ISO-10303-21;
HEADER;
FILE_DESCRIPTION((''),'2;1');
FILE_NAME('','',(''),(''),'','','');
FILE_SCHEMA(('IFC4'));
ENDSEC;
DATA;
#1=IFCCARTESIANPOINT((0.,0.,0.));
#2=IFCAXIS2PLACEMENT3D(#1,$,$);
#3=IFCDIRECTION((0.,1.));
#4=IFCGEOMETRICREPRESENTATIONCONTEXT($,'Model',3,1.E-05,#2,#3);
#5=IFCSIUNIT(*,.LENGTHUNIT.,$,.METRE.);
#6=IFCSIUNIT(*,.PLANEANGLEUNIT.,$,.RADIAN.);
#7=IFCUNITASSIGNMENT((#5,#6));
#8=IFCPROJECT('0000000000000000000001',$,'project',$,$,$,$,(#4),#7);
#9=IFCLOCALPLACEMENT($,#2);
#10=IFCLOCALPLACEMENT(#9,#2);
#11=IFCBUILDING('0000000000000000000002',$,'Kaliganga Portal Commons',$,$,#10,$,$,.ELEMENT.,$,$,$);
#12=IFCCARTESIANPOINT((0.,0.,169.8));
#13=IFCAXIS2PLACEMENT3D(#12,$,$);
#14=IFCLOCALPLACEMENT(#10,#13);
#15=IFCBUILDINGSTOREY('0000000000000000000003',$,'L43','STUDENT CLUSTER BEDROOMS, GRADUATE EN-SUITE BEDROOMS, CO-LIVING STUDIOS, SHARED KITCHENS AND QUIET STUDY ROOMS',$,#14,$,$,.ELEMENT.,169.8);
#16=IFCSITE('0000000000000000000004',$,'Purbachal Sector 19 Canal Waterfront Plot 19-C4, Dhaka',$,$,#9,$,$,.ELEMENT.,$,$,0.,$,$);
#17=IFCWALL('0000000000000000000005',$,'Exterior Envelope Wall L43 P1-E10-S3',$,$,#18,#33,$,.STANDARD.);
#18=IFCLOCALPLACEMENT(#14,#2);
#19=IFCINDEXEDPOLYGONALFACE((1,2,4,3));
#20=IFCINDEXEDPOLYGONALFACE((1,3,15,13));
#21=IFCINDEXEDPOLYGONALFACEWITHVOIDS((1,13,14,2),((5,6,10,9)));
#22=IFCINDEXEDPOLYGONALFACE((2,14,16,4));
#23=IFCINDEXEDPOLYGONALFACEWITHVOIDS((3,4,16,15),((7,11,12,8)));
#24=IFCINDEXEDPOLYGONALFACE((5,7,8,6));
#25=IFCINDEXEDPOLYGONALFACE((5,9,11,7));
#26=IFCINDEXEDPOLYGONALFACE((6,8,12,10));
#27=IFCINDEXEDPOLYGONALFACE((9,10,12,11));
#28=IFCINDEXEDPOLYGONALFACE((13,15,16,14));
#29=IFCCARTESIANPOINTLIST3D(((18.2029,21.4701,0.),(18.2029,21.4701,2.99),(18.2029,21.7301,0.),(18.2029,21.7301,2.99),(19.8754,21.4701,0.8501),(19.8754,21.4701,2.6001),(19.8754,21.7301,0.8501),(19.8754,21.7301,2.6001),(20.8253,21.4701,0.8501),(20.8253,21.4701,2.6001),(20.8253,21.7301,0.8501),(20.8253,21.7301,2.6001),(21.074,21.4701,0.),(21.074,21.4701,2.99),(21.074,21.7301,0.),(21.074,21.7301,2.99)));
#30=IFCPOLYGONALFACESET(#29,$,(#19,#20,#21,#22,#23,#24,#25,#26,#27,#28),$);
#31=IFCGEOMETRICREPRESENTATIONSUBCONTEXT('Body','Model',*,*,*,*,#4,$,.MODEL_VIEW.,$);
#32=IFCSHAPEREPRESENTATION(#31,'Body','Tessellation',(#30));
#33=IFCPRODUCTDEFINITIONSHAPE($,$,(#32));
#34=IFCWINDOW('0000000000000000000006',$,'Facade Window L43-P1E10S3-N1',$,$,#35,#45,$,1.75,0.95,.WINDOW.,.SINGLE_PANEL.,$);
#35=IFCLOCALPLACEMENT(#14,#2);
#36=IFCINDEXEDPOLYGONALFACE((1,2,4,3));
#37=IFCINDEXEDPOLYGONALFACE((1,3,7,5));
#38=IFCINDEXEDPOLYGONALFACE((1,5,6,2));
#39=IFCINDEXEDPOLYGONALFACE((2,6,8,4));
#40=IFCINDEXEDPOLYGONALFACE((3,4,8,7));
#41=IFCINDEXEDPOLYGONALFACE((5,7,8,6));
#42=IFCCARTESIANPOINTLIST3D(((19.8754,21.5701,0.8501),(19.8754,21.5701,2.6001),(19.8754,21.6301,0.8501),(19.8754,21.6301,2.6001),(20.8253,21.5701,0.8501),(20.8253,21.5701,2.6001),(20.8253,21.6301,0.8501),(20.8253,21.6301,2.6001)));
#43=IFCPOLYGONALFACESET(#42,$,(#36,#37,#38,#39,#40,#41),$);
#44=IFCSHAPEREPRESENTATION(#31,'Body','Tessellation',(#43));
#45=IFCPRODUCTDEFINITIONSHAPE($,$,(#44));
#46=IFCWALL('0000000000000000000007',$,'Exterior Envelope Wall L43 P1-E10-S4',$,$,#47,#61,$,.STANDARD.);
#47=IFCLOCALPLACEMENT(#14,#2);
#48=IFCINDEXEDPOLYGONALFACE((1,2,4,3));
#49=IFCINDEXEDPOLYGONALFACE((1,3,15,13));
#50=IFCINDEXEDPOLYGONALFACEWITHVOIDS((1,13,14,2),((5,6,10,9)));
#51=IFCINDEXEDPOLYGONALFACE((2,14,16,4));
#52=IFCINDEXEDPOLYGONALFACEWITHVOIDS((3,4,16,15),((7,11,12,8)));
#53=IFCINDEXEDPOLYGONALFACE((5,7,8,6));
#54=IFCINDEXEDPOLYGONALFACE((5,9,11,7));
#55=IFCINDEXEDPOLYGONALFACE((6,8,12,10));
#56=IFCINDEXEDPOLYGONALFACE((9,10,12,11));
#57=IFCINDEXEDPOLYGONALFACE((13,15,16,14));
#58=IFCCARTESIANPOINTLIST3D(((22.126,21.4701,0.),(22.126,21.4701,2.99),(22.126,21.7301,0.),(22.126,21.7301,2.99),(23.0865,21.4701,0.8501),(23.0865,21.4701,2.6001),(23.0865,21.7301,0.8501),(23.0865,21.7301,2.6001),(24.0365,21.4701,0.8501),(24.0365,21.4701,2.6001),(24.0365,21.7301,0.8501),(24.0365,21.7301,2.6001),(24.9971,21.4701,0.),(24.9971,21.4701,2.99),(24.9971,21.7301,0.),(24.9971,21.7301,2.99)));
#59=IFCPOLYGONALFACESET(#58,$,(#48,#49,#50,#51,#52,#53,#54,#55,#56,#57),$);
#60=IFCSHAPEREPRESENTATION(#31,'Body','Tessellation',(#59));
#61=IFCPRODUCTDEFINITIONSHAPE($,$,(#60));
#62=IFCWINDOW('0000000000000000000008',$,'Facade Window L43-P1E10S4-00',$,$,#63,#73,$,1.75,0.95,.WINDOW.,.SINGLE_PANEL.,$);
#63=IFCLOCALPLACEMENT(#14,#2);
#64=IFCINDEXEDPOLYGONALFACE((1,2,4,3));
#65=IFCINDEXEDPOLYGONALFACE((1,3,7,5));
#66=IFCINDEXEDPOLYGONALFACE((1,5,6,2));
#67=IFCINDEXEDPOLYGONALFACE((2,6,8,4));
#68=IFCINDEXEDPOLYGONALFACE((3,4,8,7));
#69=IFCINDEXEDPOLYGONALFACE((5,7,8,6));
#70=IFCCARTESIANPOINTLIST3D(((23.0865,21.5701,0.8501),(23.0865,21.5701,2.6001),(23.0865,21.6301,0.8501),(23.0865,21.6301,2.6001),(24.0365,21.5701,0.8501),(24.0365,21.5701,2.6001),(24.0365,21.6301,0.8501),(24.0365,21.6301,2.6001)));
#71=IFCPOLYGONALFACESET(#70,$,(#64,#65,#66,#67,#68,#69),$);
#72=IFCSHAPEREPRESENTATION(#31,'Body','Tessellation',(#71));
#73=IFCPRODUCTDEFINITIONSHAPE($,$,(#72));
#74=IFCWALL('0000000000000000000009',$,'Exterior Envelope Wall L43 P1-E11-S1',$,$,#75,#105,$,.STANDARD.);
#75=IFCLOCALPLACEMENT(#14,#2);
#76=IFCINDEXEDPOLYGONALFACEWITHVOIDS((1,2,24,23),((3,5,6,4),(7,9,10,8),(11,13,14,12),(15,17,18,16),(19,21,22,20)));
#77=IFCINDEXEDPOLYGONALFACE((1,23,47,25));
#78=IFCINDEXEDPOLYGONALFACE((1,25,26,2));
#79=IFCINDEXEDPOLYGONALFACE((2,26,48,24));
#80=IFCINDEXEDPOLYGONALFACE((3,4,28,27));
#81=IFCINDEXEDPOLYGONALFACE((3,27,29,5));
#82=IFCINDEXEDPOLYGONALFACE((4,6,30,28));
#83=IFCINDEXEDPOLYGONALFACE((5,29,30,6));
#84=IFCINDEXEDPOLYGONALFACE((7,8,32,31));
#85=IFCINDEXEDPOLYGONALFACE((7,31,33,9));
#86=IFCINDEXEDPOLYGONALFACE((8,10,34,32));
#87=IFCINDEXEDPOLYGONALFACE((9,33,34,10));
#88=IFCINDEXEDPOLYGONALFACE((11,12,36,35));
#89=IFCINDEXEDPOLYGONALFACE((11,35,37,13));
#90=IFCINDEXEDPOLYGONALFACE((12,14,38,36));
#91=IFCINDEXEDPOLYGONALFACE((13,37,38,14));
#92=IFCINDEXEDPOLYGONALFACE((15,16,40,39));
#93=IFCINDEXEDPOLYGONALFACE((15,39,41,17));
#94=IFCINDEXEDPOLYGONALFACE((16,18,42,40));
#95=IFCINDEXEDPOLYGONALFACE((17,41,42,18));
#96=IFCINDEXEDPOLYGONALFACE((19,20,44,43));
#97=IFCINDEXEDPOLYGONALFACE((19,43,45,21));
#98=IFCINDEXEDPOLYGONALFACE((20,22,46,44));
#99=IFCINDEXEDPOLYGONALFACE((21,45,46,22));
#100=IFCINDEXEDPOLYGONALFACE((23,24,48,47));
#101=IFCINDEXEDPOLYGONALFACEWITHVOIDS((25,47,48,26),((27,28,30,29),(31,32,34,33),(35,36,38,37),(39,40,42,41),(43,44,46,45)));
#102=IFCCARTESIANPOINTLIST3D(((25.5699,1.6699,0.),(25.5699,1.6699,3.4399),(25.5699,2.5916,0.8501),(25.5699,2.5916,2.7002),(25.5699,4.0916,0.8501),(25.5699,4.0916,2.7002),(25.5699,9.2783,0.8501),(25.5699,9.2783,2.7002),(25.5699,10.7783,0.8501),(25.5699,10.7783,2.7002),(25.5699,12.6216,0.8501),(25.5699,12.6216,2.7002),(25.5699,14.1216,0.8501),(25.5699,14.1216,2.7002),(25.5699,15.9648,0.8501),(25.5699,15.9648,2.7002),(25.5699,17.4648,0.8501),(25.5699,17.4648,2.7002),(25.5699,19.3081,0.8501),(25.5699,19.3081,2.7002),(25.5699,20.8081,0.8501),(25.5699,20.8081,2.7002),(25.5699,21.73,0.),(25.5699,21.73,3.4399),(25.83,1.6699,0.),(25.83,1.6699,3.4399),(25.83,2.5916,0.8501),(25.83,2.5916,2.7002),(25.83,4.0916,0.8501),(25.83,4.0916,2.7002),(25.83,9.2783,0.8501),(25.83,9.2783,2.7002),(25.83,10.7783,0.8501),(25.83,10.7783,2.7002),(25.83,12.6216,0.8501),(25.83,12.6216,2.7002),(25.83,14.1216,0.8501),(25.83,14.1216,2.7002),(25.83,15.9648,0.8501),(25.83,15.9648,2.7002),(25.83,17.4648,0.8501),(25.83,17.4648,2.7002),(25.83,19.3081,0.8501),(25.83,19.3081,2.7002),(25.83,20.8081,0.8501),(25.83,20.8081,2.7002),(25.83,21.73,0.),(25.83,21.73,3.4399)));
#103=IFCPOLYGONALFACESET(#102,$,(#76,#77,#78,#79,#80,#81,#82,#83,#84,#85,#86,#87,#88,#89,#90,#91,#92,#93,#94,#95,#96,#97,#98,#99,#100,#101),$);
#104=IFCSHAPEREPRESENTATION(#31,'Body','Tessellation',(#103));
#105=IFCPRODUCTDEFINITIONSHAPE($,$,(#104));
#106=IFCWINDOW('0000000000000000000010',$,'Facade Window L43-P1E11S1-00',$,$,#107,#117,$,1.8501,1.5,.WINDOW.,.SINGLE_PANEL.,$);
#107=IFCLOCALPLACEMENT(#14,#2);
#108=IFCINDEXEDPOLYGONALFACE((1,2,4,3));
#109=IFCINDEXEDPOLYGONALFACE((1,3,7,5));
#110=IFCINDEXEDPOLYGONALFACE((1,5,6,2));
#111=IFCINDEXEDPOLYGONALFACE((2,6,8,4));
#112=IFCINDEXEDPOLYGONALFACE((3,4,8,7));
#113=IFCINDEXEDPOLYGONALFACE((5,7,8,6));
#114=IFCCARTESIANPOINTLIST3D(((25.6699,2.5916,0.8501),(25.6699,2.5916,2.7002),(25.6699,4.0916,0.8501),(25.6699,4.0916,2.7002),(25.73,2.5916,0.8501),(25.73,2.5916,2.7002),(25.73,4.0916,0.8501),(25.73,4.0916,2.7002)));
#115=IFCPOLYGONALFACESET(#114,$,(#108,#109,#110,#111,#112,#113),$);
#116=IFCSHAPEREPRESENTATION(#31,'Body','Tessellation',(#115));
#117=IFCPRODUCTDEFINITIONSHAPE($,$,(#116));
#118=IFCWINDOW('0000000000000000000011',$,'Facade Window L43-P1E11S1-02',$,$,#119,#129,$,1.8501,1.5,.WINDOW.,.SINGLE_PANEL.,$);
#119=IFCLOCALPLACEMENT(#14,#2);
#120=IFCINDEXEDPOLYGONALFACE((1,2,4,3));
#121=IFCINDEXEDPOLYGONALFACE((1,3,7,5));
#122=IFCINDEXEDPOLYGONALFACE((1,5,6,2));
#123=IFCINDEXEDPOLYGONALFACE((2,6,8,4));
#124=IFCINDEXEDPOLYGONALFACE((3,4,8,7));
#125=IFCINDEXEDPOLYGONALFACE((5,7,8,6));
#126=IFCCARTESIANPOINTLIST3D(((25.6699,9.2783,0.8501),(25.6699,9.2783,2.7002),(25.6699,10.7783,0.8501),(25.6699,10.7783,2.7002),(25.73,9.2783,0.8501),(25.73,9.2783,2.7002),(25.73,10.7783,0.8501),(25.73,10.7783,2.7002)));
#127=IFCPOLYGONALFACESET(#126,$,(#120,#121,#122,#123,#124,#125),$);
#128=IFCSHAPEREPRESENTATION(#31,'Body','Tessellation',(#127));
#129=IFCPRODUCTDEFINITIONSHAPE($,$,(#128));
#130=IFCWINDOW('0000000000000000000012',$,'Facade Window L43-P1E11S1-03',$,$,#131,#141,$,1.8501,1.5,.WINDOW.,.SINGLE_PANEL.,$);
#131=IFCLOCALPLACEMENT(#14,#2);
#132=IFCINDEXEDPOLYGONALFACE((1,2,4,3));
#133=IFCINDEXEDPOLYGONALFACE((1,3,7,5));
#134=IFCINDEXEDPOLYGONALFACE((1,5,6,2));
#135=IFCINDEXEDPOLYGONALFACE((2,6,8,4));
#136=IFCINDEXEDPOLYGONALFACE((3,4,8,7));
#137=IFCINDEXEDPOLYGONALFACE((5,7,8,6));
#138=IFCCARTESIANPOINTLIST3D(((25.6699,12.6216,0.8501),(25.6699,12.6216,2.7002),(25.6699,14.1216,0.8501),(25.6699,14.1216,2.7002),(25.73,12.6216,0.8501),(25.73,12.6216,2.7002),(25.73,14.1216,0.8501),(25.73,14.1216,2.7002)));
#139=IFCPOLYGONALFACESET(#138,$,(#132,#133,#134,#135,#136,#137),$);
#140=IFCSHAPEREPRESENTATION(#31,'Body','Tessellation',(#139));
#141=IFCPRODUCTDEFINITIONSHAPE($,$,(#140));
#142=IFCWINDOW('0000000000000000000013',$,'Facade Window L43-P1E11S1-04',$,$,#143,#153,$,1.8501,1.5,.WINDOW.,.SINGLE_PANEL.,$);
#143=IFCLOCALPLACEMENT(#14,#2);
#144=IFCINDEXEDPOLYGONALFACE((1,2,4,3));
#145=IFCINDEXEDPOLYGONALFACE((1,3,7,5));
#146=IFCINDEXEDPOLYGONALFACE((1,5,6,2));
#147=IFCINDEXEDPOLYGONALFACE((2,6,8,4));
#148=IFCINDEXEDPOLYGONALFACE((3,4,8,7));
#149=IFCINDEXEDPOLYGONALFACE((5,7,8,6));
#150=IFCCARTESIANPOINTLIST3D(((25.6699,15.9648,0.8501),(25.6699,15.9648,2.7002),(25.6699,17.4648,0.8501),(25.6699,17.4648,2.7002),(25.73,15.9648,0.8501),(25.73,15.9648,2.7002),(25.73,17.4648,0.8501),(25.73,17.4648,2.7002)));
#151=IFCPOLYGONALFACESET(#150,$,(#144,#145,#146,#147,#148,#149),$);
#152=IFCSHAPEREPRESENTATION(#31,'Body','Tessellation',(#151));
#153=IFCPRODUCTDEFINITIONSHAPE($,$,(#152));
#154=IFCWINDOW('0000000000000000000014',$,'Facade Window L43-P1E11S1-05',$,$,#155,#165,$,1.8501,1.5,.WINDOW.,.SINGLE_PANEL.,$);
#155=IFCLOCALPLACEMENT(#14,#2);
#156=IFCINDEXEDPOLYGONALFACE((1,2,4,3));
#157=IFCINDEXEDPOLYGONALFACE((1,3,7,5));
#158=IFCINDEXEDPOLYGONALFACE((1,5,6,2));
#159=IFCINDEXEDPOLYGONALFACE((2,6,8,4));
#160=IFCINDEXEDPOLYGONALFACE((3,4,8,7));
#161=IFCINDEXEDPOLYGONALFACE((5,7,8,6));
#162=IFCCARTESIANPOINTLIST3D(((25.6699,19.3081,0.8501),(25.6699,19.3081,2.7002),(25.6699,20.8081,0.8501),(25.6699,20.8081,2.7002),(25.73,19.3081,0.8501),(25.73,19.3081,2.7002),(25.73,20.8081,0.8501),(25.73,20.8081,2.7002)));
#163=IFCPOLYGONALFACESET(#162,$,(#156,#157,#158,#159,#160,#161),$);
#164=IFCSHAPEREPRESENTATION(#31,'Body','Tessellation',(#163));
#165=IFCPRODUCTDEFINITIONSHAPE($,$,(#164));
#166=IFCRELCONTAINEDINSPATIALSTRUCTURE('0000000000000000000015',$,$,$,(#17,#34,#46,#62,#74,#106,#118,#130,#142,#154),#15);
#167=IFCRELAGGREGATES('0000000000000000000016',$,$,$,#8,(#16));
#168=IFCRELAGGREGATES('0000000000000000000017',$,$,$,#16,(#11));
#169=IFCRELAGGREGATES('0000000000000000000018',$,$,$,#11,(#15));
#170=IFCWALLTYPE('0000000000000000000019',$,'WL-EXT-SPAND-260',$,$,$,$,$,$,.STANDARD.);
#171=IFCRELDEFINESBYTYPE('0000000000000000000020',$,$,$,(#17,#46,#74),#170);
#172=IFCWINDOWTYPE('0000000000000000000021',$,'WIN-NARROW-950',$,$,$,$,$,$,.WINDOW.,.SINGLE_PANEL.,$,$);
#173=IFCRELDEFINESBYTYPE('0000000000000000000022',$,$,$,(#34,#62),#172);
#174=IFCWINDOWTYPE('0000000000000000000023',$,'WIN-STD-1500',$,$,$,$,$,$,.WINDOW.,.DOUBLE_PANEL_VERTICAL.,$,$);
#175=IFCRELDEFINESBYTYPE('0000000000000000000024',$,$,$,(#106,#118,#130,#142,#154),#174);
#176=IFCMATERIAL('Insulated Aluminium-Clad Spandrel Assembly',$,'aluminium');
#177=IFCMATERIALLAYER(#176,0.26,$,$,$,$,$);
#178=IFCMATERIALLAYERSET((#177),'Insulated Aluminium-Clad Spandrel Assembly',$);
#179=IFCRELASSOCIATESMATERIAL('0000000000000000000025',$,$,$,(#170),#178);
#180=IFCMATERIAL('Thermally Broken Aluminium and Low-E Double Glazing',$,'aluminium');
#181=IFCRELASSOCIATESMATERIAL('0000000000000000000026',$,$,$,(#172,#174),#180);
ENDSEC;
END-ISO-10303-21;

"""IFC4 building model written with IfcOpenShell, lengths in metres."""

from ifc_helpers import new_model, si_unit, direction, frame, frame_2d, origin, place, context, subcontext, project, spatial, rectangle, extrude, material, layer, layer_set, type_object, element, fill, save


model = new_model("IFC4")

# Units and contexts
model_context = context("Model", 3, precision=1e-05, world=origin(), true_north=direction((0.0, 1.0)))
body_context = subcontext(model_context, "Body", "Model", "MODEL_VIEW")
ifc_project = project(units=[si_unit("LENGTHUNIT", "METRE"), si_unit("PLANEANGLEUNIT", "RADIAN")], contexts=[model_context])

# Site, building, storey
site_placement = place(None, origin())
site = spatial("IfcSite", under=ifc_project, at=site_placement, Name="Purbachal Sector 19 Canal Waterfront Plot 19-C4, Dhaka", CompositionType="ELEMENT", RefElevation=0.0)
building_placement = place(site_placement, origin())
building = spatial("IfcBuilding", under=site, at=building_placement, Name="Kaliganga Portal Commons", CompositionType="ELEMENT")
storey_placement = place(building_placement, frame((0.0, 0.0, 169.8)))
storey = spatial("IfcBuildingStorey", under=building, at=storey_placement, Name="L43", Description="STUDENT CLUSTER BEDROOMS, GRADUATE EN-SUITE BEDROOMS, CO-LIVING STUDIOS, SHARED KITCHENS AND QUIET STUDY ROOMS", CompositionType="ELEMENT", Elevation=169.8)

# Walls, openings, windows
ifc_material_1 = material(Name="Insulated Aluminium-Clad Spandrel Assembly", Category="aluminium")
ifc_layer = layer(ifc_material_1, 0.26)
ifc_layer_set = layer_set([ifc_layer], Name="Insulated Aluminium-Clad Spandrel Assembly")
wall_type = type_object("IfcWallType", Name="WL-EXT-SPAND-260", PredefinedType="STANDARD", material=ifc_layer_set)
ifc_material_2 = material(Name="Thermally Broken Aluminium and Low-E Double Glazing", Category="aluminium")
window_type_1 = type_object("IfcWindowType", Name="WIN-NARROW-950", PartitioningType="SINGLE_PANEL", PredefinedType="WINDOW", material=ifc_material_2)
wall_1_placement = place(storey_placement, frame((21.074, 21.6001, 0.0), z_axis=(0.0, 0.0, 1.0), x_axis=(-1.0, 0.0, 0.0)))
wall_1 = element("IfcWall", 1, at=wall_1_placement, inside=storey, type_object=wall_type, Name="Exterior Envelope Wall L43 P1-E10-S3", PredefinedType="STANDARD", context=body_context, shape_type="SweptSolid", body=[
    extrude(rectangle(XDim=2.8711, YDim=0.26, at=frame_2d((1.4355, 0.0))), origin(), (0.0, 0.0, 1.0), 2.99),
])
opening_1_placement = place(wall_1_placement, frame((0.2485, 0.0, 0.8501)))
opening_1 = element("IfcOpeningElement", 2, at=opening_1_placement, cuts=wall_1, PredefinedType="OPENING", context=body_context, shape_type="SweptSolid", body=[
    extrude(rectangle(XDim=0.95, YDim=1.75, at=frame_2d((0.4751, 0.875))), frame((0.0, 0.1401, 0.0), z_axis=(0.0, -1.0, 0.0), x_axis=(1.0, 0.0, 0.0)), (0.0, 0.0, 1.0), 0.28),
])
window_1_placement = place(opening_1_placement, origin())
window_1 = element("IfcWindow", 3, at=window_1_placement, inside=storey, type_object=window_type_1, Name="Facade Window L43-P1E10S3-N1", OverallHeight=1.75, OverallWidth=0.95, PartitioningType="SINGLE_PANEL", PredefinedType="WINDOW", context=body_context, shape_type="SweptSolid", body=[
    extrude(rectangle(XDim=0.95, YDim=1.75, at=frame_2d((0.4751, 0.875))), frame((0.0, 0.03, 0.0), z_axis=(0.0, -1.0, 0.0), x_axis=(1.0, 0.0, 0.0)), (0.0, 0.0, 1.0), 0.0601),
])
fill(opening_1, window_1)
wall_2_placement = place(storey_placement, frame((24.9971, 21.6001, 0.0), z_axis=(0.0, 0.0, 1.0), x_axis=(-1.0, 0.0, 0.0)))
wall_2 = element("IfcWall", 4, at=wall_2_placement, inside=storey, type_object=wall_type, Name="Exterior Envelope Wall L43 P1-E10-S4", PredefinedType="STANDARD", context=body_context, shape_type="SweptSolid", body=[
    extrude(rectangle(XDim=2.8711, YDim=0.26, at=frame_2d((1.4355, 0.0))), origin(), (0.0, 0.0, 1.0), 2.99),
])
opening_2_placement = place(wall_2_placement, frame((0.9604, 0.0, 0.8501)))
opening_2 = element("IfcOpeningElement", 5, at=opening_2_placement, cuts=wall_2, PredefinedType="OPENING", context=body_context, shape_type="SweptSolid", body=[
    extrude(rectangle(XDim=0.95, YDim=1.75, at=frame_2d((0.4751, 0.875))), frame((0.0, 0.1401, 0.0), z_axis=(0.0, -1.0, 0.0), x_axis=(1.0, 0.0, 0.0)), (0.0, 0.0, 1.0), 0.28),
])
window_2_placement = place(opening_2_placement, origin())
window_2 = element("IfcWindow", 6, at=window_2_placement, inside=storey, type_object=window_type_1, Name="Facade Window L43-P1E10S4-00", OverallHeight=1.75, OverallWidth=0.95, PartitioningType="SINGLE_PANEL", PredefinedType="WINDOW", context=body_context, shape_type="SweptSolid", body=[
    extrude(rectangle(XDim=0.95, YDim=1.75, at=frame_2d((0.4751, 0.875))), frame((0.0, 0.03, 0.0), z_axis=(0.0, -1.0, 0.0), x_axis=(1.0, 0.0, 0.0)), (0.0, 0.0, 1.0), 0.0601),
])
fill(opening_2, window_2)

# Wall, openings, windows
wall_3_placement = place(storey_placement, frame((25.7, 1.6699, 0.0), z_axis=(0.0, 0.0, 1.0), x_axis=(0.0, 1.0, 0.0)))
wall_3 = element("IfcWall", 7, at=wall_3_placement, inside=storey, type_object=wall_type, Name="Exterior Envelope Wall L43 P1-E11-S1", PredefinedType="STANDARD", context=body_context, shape_type="SweptSolid", body=[
    extrude(rectangle(XDim=20.0601, YDim=0.26, at=frame_2d((10.03, 0.0))), origin(), (0.0, 0.0, 1.0), 3.4399),
])
opening_3_placement = place(wall_3_placement, frame((0.9216, 0.0, 0.8501)))
opening_3 = element("IfcOpeningElement", 8, at=opening_3_placement, cuts=wall_3, PredefinedType="OPENING", context=body_context, shape_type="SweptSolid", body=[
    extrude(rectangle(XDim=1.5, YDim=1.8501, at=frame_2d((0.75, 0.925))), frame((0.0, 0.1401, 0.0), z_axis=(0.0, -1.0, 0.0), x_axis=(1.0, 0.0, 0.0)), (0.0, 0.0, 1.0), 0.28),
])
opening_4_placement = place(wall_3_placement, frame((7.6084, 0.0, 0.8501)))
opening_4 = element("IfcOpeningElement", 9, at=opening_4_placement, cuts=wall_3, PredefinedType="OPENING", context=body_context, shape_type="SweptSolid", body=[
    extrude(rectangle(XDim=1.5, YDim=1.8501, at=frame_2d((0.75, 0.925))), frame((0.0, 0.1401, 0.0), z_axis=(0.0, -1.0, 0.0), x_axis=(1.0, 0.0, 0.0)), (0.0, 0.0, 1.0), 0.28),
])
opening_5_placement = place(wall_3_placement, frame((10.9517, 0.0, 0.8501)))
opening_5 = element("IfcOpeningElement", 10, at=opening_5_placement, cuts=wall_3, PredefinedType="OPENING", context=body_context, shape_type="SweptSolid", body=[
    extrude(rectangle(XDim=1.5, YDim=1.8501, at=frame_2d((0.75, 0.925))), frame((0.0, 0.1401, 0.0), z_axis=(0.0, -1.0, 0.0), x_axis=(1.0, 0.0, 0.0)), (0.0, 0.0, 1.0), 0.28),
])
opening_6_placement = place(wall_3_placement, frame((14.2949, 0.0, 0.8501)))
opening_6 = element("IfcOpeningElement", 11, at=opening_6_placement, cuts=wall_3, PredefinedType="OPENING", context=body_context, shape_type="SweptSolid", body=[
    extrude(rectangle(XDim=1.5, YDim=1.8501, at=frame_2d((0.75, 0.925))), frame((0.0, 0.1401, 0.0), z_axis=(0.0, -1.0, 0.0), x_axis=(1.0, 0.0, 0.0)), (0.0, 0.0, 1.0), 0.28),
])
opening_7_placement = place(wall_3_placement, frame((17.6382, 0.0, 0.8501)))
opening_7 = element("IfcOpeningElement", 12, at=opening_7_placement, cuts=wall_3, PredefinedType="OPENING", context=body_context, shape_type="SweptSolid", body=[
    extrude(rectangle(XDim=1.5, YDim=1.8501, at=frame_2d((0.75, 0.925))), frame((0.0, 0.1401, 0.0), z_axis=(0.0, -1.0, 0.0), x_axis=(1.0, 0.0, 0.0)), (0.0, 0.0, 1.0), 0.28),
])
window_type_2 = type_object("IfcWindowType", Name="WIN-STD-1500", PartitioningType="DOUBLE_PANEL_VERTICAL", PredefinedType="WINDOW", material=ifc_material_2)
window_3_placement = place(opening_3_placement, origin())
window_3 = element("IfcWindow", 13, at=window_3_placement, inside=storey, type_object=window_type_2, Name="Facade Window L43-P1E11S1-00", OverallHeight=1.8501, OverallWidth=1.5, PartitioningType="SINGLE_PANEL", PredefinedType="WINDOW", context=body_context, shape_type="SweptSolid", body=[
    extrude(rectangle(XDim=1.5, YDim=1.8501, at=frame_2d((0.75, 0.925))), frame((0.0, 0.03, 0.0), z_axis=(0.0, -1.0, 0.0), x_axis=(1.0, 0.0, 0.0)), (0.0, 0.0, 1.0), 0.0601),
])
fill(opening_3, window_3)
window_4_placement = place(opening_4_placement, origin())
window_4 = element("IfcWindow", 14, at=window_4_placement, inside=storey, type_object=window_type_2, Name="Facade Window L43-P1E11S1-02", OverallHeight=1.8501, OverallWidth=1.5, PartitioningType="SINGLE_PANEL", PredefinedType="WINDOW", context=body_context, shape_type="SweptSolid", body=[
    extrude(rectangle(XDim=1.5, YDim=1.8501, at=frame_2d((0.75, 0.925))), frame((0.0, 0.03, 0.0), z_axis=(0.0, -1.0, 0.0), x_axis=(1.0, 0.0, 0.0)), (0.0, 0.0, 1.0), 0.0601),
])
fill(opening_4, window_4)
window_5_placement = place(opening_5_placement, origin())
window_5 = element("IfcWindow", 15, at=window_5_placement, inside=storey, type_object=window_type_2, Name="Facade Window L43-P1E11S1-03", OverallHeight=1.8501, OverallWidth=1.5, PartitioningType="SINGLE_PANEL", PredefinedType="WINDOW", context=body_context, shape_type="SweptSolid", body=[
    extrude(rectangle(XDim=1.5, YDim=1.8501, at=frame_2d((0.75, 0.925))), frame((0.0, 0.03, 0.0), z_axis=(0.0, -1.0, 0.0), x_axis=(1.0, 0.0, 0.0)), (0.0, 0.0, 1.0), 0.0601),
])
fill(opening_5, window_5)
window_6_placement = place(opening_6_placement, origin())
window_6 = element("IfcWindow", 16, at=window_6_placement, inside=storey, type_object=window_type_2, Name="Facade Window L43-P1E11S1-04", OverallHeight=1.8501, OverallWidth=1.5, PartitioningType="SINGLE_PANEL", PredefinedType="WINDOW", context=body_context, shape_type="SweptSolid", body=[
    extrude(rectangle(XDim=1.5, YDim=1.8501, at=frame_2d((0.75, 0.925))), frame((0.0, 0.03, 0.0), z_axis=(0.0, -1.0, 0.0), x_axis=(1.0, 0.0, 0.0)), (0.0, 0.0, 1.0), 0.0601),
])
fill(opening_6, window_6)
window_7_placement = place(opening_7_placement, origin())
window_7 = element("IfcWindow", 17, at=window_7_placement, inside=storey, type_object=window_type_2, Name="Facade Window L43-P1E11S1-05", OverallHeight=1.8501, OverallWidth=1.5, PartitioningType="SINGLE_PANEL", PredefinedType="WINDOW", context=body_context, shape_type="SweptSolid", body=[
    extrude(rectangle(XDim=1.5, YDim=1.8501, at=frame_2d((0.75, 0.925))), frame((0.0, 0.03, 0.0), z_axis=(0.0, -1.0, 0.0), x_axis=(1.0, 0.0, 0.0)), (0.0, 0.0, 1.0), 0.0601),
])
fill(opening_7, window_7)

save(model, "model.ifc")
